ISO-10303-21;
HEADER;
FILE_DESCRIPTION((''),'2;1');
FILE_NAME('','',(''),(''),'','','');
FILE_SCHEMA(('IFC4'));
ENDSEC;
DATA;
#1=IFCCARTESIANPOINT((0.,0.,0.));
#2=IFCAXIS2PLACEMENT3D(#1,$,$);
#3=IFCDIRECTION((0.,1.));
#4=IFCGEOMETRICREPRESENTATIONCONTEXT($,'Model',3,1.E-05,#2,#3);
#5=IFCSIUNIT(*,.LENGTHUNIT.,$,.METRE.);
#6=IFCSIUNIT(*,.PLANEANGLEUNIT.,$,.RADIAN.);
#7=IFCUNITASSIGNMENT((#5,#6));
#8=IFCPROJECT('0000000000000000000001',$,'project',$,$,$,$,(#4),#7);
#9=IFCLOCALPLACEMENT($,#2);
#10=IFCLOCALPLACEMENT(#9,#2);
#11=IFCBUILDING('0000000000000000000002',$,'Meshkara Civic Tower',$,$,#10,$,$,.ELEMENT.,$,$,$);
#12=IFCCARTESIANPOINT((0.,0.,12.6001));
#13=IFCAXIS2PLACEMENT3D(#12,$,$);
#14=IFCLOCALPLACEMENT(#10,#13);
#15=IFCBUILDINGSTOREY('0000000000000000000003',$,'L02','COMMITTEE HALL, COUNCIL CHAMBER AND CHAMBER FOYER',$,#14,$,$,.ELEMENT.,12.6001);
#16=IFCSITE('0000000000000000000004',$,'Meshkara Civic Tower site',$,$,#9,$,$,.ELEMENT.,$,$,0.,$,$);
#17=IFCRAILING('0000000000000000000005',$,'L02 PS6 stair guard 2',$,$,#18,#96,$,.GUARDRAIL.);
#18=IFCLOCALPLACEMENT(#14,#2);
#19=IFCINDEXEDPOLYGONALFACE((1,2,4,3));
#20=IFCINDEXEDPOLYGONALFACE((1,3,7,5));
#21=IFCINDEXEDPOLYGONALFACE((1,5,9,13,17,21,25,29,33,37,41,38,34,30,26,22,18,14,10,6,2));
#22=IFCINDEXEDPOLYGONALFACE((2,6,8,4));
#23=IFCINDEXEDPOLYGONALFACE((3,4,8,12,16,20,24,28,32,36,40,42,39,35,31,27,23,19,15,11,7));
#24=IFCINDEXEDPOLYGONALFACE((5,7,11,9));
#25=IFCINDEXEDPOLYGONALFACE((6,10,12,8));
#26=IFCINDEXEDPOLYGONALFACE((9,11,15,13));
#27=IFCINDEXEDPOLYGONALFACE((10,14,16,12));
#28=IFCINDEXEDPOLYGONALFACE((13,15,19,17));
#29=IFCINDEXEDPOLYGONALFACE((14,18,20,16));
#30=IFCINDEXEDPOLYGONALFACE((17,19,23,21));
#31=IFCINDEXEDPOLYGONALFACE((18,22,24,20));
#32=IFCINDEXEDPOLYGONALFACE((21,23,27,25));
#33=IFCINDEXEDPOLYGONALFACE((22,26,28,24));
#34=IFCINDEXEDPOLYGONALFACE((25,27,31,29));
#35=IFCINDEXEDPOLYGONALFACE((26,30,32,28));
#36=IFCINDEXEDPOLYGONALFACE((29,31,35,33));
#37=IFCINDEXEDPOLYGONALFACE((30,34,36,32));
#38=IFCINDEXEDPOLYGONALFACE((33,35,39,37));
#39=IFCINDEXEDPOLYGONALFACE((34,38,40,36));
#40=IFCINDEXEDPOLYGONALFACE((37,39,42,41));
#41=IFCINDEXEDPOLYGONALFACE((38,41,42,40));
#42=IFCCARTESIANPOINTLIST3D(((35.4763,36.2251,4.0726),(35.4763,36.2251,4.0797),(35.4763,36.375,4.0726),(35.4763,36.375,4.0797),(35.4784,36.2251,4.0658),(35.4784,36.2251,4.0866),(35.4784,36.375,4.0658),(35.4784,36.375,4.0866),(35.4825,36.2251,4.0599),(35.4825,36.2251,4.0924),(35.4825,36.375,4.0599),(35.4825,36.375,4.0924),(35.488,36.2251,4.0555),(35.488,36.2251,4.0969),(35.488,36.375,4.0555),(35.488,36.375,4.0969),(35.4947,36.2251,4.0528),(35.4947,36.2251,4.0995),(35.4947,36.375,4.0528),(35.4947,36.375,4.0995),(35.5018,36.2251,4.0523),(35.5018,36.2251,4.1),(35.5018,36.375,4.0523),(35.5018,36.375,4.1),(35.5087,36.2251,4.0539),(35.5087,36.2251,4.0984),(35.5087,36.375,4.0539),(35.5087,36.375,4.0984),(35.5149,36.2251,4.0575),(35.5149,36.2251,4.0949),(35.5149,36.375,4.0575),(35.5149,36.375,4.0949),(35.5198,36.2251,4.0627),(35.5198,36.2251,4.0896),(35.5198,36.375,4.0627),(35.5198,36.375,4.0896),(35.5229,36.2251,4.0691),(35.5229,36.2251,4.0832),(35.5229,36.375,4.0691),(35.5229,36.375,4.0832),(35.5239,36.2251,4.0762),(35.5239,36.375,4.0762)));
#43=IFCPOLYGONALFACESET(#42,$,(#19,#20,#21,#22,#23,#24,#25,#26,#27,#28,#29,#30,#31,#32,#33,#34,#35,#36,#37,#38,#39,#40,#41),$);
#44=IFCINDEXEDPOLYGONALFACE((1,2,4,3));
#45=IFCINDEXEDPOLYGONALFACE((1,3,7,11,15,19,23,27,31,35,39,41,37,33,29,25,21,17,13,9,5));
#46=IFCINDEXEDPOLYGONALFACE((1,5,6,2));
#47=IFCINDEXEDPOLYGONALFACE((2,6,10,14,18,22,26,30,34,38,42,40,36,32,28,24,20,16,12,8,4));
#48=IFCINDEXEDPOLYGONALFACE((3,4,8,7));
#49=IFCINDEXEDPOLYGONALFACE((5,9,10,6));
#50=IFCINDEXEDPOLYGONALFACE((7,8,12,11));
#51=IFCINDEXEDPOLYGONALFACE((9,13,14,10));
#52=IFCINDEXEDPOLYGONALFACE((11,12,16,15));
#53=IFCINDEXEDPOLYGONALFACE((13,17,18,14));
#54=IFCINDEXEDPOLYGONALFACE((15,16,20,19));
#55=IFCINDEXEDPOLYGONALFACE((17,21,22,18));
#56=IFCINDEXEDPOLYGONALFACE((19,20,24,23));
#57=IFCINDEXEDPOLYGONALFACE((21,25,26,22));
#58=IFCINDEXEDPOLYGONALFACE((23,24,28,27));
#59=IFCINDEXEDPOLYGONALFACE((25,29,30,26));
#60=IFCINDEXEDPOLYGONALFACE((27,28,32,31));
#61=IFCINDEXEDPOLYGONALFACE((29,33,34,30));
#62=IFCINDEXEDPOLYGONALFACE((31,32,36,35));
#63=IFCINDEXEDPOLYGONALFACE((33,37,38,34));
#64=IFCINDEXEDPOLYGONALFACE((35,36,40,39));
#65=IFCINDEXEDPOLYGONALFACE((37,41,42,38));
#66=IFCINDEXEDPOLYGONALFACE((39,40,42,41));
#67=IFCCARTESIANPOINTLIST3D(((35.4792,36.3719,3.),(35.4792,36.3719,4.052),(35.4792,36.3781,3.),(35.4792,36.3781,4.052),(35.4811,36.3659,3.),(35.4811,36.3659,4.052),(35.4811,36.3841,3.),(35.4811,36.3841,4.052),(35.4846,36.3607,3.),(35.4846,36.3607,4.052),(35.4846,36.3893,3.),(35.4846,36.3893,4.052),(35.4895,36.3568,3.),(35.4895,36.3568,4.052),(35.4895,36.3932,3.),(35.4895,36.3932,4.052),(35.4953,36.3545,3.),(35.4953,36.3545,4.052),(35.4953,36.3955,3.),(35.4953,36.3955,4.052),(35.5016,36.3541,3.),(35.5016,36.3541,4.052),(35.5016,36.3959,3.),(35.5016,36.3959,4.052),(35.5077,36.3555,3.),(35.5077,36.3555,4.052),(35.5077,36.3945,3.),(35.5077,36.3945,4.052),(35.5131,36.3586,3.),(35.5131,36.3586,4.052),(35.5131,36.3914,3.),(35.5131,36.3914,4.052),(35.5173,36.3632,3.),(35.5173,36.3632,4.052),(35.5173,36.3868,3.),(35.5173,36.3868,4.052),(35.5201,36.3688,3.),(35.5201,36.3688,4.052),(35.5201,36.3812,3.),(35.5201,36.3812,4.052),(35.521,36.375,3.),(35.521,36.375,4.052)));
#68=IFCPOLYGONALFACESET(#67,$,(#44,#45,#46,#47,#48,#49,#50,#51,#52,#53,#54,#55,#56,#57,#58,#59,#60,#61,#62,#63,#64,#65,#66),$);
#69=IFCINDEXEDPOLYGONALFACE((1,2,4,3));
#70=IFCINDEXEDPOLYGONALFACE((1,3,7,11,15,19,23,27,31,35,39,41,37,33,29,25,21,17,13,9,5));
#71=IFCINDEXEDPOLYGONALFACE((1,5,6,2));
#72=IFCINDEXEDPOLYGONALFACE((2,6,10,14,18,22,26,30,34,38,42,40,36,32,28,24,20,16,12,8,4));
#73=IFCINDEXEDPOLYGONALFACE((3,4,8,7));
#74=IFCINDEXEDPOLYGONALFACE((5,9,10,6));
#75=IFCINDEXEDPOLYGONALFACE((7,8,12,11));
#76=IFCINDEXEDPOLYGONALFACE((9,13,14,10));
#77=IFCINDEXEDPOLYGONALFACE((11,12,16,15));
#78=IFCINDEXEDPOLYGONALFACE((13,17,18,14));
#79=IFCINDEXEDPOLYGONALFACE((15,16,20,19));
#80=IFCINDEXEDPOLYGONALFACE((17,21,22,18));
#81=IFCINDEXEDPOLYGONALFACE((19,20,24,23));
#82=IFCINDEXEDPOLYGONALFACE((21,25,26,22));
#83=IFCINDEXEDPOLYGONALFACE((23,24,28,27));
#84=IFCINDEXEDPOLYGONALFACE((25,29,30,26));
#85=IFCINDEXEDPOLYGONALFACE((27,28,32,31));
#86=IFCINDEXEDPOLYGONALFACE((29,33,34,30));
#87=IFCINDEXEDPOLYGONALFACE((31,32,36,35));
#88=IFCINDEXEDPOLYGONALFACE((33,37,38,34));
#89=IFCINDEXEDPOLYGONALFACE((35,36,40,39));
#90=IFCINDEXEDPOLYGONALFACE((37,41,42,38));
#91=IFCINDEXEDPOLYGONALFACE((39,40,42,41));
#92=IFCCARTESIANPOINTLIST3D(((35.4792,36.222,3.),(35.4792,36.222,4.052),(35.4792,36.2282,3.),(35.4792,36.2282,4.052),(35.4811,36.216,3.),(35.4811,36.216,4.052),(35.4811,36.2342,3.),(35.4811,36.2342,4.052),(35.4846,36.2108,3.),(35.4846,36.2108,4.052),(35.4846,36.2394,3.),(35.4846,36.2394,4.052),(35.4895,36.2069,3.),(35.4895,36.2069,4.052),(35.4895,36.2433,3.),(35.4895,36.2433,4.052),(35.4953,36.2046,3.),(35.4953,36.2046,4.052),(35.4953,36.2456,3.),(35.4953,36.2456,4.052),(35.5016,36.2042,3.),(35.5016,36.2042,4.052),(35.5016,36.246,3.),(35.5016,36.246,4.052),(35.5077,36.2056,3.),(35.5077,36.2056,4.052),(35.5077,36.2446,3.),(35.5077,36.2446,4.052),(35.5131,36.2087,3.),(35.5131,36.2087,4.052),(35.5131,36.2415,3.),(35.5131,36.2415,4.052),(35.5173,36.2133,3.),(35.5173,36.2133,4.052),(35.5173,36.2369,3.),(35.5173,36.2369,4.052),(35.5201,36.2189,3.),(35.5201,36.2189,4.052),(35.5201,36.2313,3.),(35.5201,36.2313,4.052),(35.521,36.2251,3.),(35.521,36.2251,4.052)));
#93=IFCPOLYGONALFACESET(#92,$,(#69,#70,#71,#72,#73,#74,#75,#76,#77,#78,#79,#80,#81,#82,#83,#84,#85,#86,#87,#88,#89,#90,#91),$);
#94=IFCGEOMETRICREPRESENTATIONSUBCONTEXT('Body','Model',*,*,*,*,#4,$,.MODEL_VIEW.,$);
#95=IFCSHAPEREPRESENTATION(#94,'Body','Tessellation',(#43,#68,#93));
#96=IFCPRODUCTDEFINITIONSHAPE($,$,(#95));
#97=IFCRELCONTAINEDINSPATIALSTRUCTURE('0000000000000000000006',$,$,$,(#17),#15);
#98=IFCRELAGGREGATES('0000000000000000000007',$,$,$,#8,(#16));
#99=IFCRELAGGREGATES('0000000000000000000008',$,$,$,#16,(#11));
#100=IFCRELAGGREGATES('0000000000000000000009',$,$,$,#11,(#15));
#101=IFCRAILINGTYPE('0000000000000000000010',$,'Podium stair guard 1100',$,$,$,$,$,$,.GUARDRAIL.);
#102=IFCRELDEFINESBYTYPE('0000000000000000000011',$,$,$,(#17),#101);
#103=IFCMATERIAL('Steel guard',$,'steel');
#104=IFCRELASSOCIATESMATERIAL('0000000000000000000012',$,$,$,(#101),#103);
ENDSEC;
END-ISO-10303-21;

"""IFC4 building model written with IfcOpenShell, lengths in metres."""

from ifc_helpers import new_model, si_unit, direction, frame, origin, origin_2d, place, context, subcontext, project, spatial, circle, extrude, material, type_object, element, save


model = new_model("IFC4")

# Units and contexts
model_context = context("Model", 3, precision=1e-05, world=origin(), true_north=direction((0.0, 1.0)))
body_context = subcontext(model_context, "Body", "Model", "MODEL_VIEW")
ifc_project = project(units=[si_unit("LENGTHUNIT", "METRE"), si_unit("PLANEANGLEUNIT", "RADIAN")], contexts=[model_context])

# Site, building, storey
site_placement = place(None, origin())
site = spatial("IfcSite", under=ifc_project, at=site_placement, Name="Meshkara Civic Tower site", CompositionType="ELEMENT", RefElevation=0.0)
building_placement = place(site_placement, origin())
building = spatial("IfcBuilding", under=site, at=building_placement, Name="Meshkara Civic Tower", CompositionType="ELEMENT")
storey_placement = place(building_placement, frame((0.0, 0.0, 12.6001)))
storey = spatial("IfcBuildingStorey", under=building, at=storey_placement, Name="L02", Description="COMMITTEE HALL, COUNCIL CHAMBER AND CHAMBER FOYER", CompositionType="ELEMENT", Elevation=12.6001)

# Railing
ifc_material_1 = material(Name="Steel guard", Category="steel")
railing_type_1 = type_object("IfcRailingType", Name="Podium stair guard 1100", PredefinedType="GUARDRAIL", material=ifc_material_1)
railing_1_placement = place(storey_placement, frame((35.5, 36.375, 3.0)))
element("IfcRailing", 1, at=railing_1_placement, inside=storey, type_object=railing_type_1, Name="L02 PS6 stair guard 2", PredefinedType="GUARDRAIL", context=body_context, shape_type="SweptSolid", body=[
    extrude(circle(Radius=0.0239, at=origin_2d()), frame((0.0, 0.0, 1.0762), z_axis=(0.0, -1.0, 0.0), x_axis=(1.0, 0.0, 0.0)), (0.0, 0.0, 1.0), 0.1499),
    extrude(circle(Radius=0.021, at=origin_2d()), origin(), (0.0, 0.0, 1.0), 1.052),
    extrude(circle(Radius=0.021, at=origin_2d()), frame((0.0, -0.1499, 0.0)), (0.0, 0.0, 1.0), 1.052),
])

save(model, "model.ifc")
